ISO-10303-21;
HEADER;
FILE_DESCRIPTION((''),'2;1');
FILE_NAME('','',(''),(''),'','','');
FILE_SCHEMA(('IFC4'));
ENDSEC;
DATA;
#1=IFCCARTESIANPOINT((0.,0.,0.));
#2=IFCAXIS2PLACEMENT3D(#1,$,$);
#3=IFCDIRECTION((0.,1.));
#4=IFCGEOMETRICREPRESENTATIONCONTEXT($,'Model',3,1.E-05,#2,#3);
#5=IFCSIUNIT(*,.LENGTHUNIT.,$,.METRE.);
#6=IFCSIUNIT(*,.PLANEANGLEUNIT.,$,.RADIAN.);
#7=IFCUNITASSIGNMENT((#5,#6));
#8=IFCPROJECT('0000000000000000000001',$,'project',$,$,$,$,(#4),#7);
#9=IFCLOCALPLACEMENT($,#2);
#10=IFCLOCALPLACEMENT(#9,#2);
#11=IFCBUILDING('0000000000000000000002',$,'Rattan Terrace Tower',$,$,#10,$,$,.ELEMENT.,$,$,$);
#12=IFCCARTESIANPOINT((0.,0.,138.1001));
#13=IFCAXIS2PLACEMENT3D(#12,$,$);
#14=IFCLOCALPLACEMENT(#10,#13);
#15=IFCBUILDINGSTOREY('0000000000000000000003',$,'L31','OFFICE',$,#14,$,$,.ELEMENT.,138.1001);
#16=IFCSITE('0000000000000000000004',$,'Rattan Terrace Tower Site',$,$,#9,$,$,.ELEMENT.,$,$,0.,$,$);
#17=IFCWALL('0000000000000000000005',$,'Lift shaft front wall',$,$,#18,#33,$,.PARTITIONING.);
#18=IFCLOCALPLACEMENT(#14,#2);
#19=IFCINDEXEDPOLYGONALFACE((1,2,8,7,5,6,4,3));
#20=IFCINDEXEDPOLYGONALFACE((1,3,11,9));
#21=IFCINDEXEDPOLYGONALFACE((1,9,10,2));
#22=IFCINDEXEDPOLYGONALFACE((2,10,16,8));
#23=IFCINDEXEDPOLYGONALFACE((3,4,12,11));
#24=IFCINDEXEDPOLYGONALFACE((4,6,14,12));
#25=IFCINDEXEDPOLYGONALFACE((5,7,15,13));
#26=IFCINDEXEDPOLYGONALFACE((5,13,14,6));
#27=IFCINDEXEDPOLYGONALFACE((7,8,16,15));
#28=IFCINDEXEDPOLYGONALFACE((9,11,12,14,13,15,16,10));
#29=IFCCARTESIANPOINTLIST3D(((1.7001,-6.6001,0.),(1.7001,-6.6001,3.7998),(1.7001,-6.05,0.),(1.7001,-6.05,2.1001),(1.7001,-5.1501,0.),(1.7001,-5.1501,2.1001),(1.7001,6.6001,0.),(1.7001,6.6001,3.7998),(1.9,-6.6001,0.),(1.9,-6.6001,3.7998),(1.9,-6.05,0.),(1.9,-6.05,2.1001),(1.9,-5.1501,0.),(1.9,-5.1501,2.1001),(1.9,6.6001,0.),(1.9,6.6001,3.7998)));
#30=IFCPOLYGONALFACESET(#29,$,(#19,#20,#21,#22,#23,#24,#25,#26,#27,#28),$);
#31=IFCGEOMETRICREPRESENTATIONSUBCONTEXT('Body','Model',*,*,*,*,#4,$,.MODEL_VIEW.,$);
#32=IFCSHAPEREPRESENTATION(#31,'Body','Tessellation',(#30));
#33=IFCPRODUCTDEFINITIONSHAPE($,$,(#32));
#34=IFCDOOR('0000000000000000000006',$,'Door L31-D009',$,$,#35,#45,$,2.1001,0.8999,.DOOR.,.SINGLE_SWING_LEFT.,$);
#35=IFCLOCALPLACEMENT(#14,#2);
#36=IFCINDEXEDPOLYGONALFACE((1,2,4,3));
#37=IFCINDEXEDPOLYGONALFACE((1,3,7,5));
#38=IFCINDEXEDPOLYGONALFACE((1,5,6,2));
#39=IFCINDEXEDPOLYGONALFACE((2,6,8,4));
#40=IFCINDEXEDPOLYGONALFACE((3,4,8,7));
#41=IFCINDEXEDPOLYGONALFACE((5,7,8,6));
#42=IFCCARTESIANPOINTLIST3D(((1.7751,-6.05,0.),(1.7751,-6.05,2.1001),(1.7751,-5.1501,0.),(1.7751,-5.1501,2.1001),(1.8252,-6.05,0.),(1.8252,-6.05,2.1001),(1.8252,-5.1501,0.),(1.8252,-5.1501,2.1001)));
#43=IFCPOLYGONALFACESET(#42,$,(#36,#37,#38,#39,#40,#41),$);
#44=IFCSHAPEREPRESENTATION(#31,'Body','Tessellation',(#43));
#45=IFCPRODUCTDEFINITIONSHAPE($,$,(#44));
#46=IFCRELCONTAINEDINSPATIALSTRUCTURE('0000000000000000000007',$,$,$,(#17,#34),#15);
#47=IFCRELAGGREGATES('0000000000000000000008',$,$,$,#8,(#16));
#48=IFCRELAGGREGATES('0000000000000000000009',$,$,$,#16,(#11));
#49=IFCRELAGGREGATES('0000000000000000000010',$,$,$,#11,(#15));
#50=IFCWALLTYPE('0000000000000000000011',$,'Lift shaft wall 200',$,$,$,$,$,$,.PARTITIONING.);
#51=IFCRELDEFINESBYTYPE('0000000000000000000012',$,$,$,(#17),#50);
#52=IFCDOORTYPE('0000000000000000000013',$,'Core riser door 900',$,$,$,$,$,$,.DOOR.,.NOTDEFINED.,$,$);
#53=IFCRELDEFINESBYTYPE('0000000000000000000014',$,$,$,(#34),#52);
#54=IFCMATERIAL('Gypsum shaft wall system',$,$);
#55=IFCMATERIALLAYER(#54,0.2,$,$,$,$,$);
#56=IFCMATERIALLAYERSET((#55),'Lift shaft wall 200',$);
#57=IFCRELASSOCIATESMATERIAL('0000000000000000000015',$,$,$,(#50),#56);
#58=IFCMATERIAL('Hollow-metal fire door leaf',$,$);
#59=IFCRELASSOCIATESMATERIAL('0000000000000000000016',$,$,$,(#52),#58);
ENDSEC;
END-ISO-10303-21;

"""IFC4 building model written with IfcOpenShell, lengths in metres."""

from ifc_helpers import new_model, si_unit, direction, frame, frame_2d, origin, place, context, subcontext, project, spatial, rectangle, extrude, material, layer, layer_set, type_object, element, fill, save


model = new_model("IFC4")

# Units and contexts
model_context = context("Model", 3, precision=1e-05, world=origin(), true_north=direction((0.0, 1.0)))
body_context = subcontext(model_context, "Body", "Model", "MODEL_VIEW")
ifc_project = project(units=[si_unit("LENGTHUNIT", "METRE"), si_unit("PLANEANGLEUNIT", "RADIAN")], contexts=[model_context])

# Site, building, storey
site_placement = place(None, origin())
site = spatial("IfcSite", under=ifc_project, at=site_placement, Name="Rattan Terrace Tower Site", CompositionType="ELEMENT", RefElevation=0.0)
building_placement = place(site_placement, origin())
building = spatial("IfcBuilding", under=site, at=building_placement, Name="Rattan Terrace Tower", CompositionType="ELEMENT")
storey_placement = place(building_placement, frame((0.0, 0.0, 138.1001)))
storey = spatial("IfcBuildingStorey", under=building, at=storey_placement, Name="L31", Description="OFFICE", CompositionType="ELEMENT", Elevation=138.1001)

# Wall, opening, door
ifc_material_1 = material(Name="Gypsum shaft wall system")
ifc_layer_1 = layer(ifc_material_1, 0.2)
ifc_layer_set_1 = layer_set([ifc_layer_1], Name="Lift shaft wall 200")
wall_type_1 = type_object("IfcWallType", Name="Lift shaft wall 200", PredefinedType="PARTITIONING", material=ifc_layer_set_1)
wall_1_placement = place(storey_placement, frame((1.8, -6.6001, 0.0), z_axis=(0.0, 0.0, 1.0), x_axis=(0.0, 1.0, 0.0)))
wall_1 = element("IfcWall", 1, at=wall_1_placement, inside=storey, type_object=wall_type_1, Name="Lift shaft front wall", PredefinedType="PARTITIONING", context=body_context, shape_type="SweptSolid", body=[
    extrude(rectangle(XDim=13.2002, YDim=0.2, at=frame_2d((6.6001, 0.0))), origin(), (0.0, 0.0, 1.0), 3.7998),
])
opening_1_placement = place(wall_1_placement, frame((0.55, 0.0, 0.0)))
opening_1 = element("IfcOpeningElement", 2, at=opening_1_placement, cuts=wall_1, PredefinedType="OPENING", context=body_context, shape_type="SweptSolid", body=[
    extrude(rectangle(XDim=0.8999, YDim=2.1001, at=frame_2d((0.45, 1.05))), frame((0.0, 0.1106, 0.0), z_axis=(0.0, -1.0, 0.0), x_axis=(1.0, 0.0, 0.0)), (0.0, 0.0, 1.0), 0.2209),
])
ifc_material_2 = material(Name="Hollow-metal fire door leaf")
door_type_1 = type_object("IfcDoorType", Name="Core riser door 900", OperationType="NOTDEFINED", PredefinedType="DOOR", material=ifc_material_2)
door_1_placement = place(opening_1_placement, origin())
door_1 = element("IfcDoor", 3, at=door_1_placement, inside=storey, type_object=door_type_1, Name="Door L31-D009", OperationType="SINGLE_SWING_LEFT", OverallHeight=2.1001, OverallWidth=0.8999, PredefinedType="DOOR", context=body_context, shape_type="SweptSolid", body=[
    extrude(rectangle(XDim=0.8999, YDim=2.1001, at=frame_2d((0.45, 1.05))), frame((0.0, 0.0249, 0.0), z_axis=(0.0, -1.0, 0.0), x_axis=(1.0, 0.0, 0.0)), (0.0, 0.0, 1.0), 0.05),
])
fill(opening_1, door_1)

save(model, "model.ifc")
